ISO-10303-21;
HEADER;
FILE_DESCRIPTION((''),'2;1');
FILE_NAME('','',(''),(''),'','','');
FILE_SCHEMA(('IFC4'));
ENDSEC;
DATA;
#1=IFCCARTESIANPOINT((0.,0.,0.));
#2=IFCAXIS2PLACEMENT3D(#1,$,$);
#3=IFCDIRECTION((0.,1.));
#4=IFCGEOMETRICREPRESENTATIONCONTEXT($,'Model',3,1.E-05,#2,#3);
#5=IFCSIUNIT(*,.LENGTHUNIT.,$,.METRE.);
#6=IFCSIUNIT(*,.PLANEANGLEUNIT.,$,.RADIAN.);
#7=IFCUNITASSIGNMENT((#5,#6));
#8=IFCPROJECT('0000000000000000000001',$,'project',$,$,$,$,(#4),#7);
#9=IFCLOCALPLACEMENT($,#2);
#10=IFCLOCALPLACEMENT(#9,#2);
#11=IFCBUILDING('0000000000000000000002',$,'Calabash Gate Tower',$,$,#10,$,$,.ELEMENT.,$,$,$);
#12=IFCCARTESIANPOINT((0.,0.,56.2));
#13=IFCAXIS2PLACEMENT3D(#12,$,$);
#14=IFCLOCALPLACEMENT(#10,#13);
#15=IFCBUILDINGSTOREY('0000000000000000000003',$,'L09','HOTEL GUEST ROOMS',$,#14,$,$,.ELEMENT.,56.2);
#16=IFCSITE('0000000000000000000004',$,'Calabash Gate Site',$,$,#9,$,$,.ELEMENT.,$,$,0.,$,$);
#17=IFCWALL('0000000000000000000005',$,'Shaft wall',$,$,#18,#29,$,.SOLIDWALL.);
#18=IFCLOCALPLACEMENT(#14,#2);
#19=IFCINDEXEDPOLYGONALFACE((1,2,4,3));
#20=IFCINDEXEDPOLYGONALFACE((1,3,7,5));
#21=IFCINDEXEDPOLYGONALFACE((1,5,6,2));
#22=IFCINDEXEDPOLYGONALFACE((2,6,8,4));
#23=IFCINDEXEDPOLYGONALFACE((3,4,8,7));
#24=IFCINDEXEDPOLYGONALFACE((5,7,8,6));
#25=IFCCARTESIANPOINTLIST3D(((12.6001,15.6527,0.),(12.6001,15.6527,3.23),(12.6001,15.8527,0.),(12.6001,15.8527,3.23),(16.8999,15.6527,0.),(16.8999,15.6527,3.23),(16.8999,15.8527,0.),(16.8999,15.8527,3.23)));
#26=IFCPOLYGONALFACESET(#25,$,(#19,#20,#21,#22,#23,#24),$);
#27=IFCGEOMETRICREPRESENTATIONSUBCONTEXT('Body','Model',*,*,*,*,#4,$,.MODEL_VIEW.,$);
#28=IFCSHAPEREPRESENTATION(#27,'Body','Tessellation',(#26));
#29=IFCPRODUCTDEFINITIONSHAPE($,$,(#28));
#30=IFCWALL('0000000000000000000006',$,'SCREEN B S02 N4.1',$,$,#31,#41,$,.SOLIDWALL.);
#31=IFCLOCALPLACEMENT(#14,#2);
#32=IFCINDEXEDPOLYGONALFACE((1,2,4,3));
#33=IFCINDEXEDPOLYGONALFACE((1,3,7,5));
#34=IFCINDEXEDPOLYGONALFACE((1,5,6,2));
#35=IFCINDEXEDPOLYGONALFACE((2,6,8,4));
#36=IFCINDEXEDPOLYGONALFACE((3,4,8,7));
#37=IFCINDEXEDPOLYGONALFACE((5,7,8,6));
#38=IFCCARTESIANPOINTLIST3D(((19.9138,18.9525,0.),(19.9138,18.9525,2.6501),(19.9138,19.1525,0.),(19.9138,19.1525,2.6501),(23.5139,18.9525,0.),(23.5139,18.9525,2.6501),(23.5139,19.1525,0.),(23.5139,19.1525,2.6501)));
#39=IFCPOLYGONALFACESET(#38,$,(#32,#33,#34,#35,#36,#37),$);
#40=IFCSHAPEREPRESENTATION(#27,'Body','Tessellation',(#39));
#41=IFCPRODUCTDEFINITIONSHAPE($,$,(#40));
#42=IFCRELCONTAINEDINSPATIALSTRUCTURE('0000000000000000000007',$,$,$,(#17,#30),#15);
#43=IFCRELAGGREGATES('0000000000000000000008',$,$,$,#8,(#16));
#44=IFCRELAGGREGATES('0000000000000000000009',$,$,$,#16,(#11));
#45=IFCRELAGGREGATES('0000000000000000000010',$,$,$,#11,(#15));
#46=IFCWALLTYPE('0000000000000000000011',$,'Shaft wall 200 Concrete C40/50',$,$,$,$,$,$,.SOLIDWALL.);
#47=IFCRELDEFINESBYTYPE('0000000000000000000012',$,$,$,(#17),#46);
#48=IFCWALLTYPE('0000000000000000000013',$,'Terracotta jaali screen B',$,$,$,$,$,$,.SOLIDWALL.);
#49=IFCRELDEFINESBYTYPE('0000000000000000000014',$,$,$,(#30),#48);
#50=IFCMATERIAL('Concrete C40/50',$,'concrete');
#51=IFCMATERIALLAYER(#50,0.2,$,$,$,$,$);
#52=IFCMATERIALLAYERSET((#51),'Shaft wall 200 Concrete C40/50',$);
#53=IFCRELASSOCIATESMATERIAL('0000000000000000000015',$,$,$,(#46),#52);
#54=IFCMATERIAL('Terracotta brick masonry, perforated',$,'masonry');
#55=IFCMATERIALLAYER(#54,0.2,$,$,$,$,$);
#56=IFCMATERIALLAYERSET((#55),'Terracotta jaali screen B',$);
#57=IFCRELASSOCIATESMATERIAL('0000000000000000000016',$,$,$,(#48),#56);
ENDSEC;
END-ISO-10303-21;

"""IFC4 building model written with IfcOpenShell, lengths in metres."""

from ifc_helpers import new_model, si_unit, direction, frame, frame_2d, origin, place, context, subcontext, project, spatial, rectangle, extrude, material, layer, layer_set, type_object, element, save


model = new_model("IFC4")

# Units and contexts
model_context = context("Model", 3, precision=1e-05, world=origin(), true_north=direction((0.0, 1.0)))
body_context = subcontext(model_context, "Body", "Model", "MODEL_VIEW")
ifc_project = project(units=[si_unit("LENGTHUNIT", "METRE"), si_unit("PLANEANGLEUNIT", "RADIAN")], contexts=[model_context])

# Site, building, storey
site_placement = place(None, origin())
site = spatial("IfcSite", under=ifc_project, at=site_placement, Name="Calabash Gate Site", CompositionType="ELEMENT", RefElevation=0.0)
building_placement = place(site_placement, origin())
building = spatial("IfcBuilding", under=site, at=building_placement, Name="Calabash Gate Tower", CompositionType="ELEMENT")
storey_placement = place(building_placement, frame((0.0, 0.0, 56.2)))
storey = spatial("IfcBuildingStorey", under=building, at=storey_placement, Name="L09", Description="HOTEL GUEST ROOMS", CompositionType="ELEMENT", Elevation=56.2)

# Shared definitions
ifc_material_1 = material(Name="Concrete C40/50", Category="concrete")
ifc_layer_1 = layer(ifc_material_1, 0.2)
ifc_layer_set_1 = layer_set([ifc_layer_1], Name="Shaft wall 200 Concrete C40/50")
wall_type_1 = type_object("IfcWallType", Name="Shaft wall 200 Concrete C40/50", PredefinedType="SOLIDWALL", material=ifc_layer_set_1)

# Walls
wall_1_placement = place(storey_placement, frame((12.6001, 15.7527, 0.0), z_axis=(0.0, 0.0, 1.0), x_axis=(1.0, 0.0, 0.0)))
element("IfcWall", 1, at=wall_1_placement, inside=storey, type_object=wall_type_1, Name="Shaft wall", PredefinedType="SOLIDWALL", context=body_context, shape_type="SweptSolid", body=[
    extrude(rectangle(XDim=4.2998, YDim=0.2, at=frame_2d((2.1499, 0.0))), origin(), (0.0, 0.0, 1.0), 3.23),
])
ifc_material_2 = material(Name="Terracotta brick masonry, perforated", Category="masonry")
ifc_layer_2 = layer(ifc_material_2, 0.2)
ifc_layer_set_2 = layer_set([ifc_layer_2], Name="Terracotta jaali screen B")
wall_type_2 = type_object("IfcWallType", Name="Terracotta jaali screen B", PredefinedType="SOLIDWALL", material=ifc_layer_set_2)
wall_2_placement = place(storey_placement, frame((23.5139, 19.0525, 0.0), z_axis=(0.0, 0.0, 1.0), x_axis=(-1.0, 0.0, 0.0)))
element("IfcWall", 2, at=wall_2_placement, inside=storey, type_object=wall_type_2, Name="SCREEN B S02 N4.1", PredefinedType="SOLIDWALL", context=body_context, shape_type="SweptSolid", body=[
    extrude(rectangle(XDim=3.6001, YDim=0.2, at=frame_2d((1.8, 0.0))), origin(), (0.0, 0.0, 1.0), 2.6501),
])

save(model, "model.ifc")
